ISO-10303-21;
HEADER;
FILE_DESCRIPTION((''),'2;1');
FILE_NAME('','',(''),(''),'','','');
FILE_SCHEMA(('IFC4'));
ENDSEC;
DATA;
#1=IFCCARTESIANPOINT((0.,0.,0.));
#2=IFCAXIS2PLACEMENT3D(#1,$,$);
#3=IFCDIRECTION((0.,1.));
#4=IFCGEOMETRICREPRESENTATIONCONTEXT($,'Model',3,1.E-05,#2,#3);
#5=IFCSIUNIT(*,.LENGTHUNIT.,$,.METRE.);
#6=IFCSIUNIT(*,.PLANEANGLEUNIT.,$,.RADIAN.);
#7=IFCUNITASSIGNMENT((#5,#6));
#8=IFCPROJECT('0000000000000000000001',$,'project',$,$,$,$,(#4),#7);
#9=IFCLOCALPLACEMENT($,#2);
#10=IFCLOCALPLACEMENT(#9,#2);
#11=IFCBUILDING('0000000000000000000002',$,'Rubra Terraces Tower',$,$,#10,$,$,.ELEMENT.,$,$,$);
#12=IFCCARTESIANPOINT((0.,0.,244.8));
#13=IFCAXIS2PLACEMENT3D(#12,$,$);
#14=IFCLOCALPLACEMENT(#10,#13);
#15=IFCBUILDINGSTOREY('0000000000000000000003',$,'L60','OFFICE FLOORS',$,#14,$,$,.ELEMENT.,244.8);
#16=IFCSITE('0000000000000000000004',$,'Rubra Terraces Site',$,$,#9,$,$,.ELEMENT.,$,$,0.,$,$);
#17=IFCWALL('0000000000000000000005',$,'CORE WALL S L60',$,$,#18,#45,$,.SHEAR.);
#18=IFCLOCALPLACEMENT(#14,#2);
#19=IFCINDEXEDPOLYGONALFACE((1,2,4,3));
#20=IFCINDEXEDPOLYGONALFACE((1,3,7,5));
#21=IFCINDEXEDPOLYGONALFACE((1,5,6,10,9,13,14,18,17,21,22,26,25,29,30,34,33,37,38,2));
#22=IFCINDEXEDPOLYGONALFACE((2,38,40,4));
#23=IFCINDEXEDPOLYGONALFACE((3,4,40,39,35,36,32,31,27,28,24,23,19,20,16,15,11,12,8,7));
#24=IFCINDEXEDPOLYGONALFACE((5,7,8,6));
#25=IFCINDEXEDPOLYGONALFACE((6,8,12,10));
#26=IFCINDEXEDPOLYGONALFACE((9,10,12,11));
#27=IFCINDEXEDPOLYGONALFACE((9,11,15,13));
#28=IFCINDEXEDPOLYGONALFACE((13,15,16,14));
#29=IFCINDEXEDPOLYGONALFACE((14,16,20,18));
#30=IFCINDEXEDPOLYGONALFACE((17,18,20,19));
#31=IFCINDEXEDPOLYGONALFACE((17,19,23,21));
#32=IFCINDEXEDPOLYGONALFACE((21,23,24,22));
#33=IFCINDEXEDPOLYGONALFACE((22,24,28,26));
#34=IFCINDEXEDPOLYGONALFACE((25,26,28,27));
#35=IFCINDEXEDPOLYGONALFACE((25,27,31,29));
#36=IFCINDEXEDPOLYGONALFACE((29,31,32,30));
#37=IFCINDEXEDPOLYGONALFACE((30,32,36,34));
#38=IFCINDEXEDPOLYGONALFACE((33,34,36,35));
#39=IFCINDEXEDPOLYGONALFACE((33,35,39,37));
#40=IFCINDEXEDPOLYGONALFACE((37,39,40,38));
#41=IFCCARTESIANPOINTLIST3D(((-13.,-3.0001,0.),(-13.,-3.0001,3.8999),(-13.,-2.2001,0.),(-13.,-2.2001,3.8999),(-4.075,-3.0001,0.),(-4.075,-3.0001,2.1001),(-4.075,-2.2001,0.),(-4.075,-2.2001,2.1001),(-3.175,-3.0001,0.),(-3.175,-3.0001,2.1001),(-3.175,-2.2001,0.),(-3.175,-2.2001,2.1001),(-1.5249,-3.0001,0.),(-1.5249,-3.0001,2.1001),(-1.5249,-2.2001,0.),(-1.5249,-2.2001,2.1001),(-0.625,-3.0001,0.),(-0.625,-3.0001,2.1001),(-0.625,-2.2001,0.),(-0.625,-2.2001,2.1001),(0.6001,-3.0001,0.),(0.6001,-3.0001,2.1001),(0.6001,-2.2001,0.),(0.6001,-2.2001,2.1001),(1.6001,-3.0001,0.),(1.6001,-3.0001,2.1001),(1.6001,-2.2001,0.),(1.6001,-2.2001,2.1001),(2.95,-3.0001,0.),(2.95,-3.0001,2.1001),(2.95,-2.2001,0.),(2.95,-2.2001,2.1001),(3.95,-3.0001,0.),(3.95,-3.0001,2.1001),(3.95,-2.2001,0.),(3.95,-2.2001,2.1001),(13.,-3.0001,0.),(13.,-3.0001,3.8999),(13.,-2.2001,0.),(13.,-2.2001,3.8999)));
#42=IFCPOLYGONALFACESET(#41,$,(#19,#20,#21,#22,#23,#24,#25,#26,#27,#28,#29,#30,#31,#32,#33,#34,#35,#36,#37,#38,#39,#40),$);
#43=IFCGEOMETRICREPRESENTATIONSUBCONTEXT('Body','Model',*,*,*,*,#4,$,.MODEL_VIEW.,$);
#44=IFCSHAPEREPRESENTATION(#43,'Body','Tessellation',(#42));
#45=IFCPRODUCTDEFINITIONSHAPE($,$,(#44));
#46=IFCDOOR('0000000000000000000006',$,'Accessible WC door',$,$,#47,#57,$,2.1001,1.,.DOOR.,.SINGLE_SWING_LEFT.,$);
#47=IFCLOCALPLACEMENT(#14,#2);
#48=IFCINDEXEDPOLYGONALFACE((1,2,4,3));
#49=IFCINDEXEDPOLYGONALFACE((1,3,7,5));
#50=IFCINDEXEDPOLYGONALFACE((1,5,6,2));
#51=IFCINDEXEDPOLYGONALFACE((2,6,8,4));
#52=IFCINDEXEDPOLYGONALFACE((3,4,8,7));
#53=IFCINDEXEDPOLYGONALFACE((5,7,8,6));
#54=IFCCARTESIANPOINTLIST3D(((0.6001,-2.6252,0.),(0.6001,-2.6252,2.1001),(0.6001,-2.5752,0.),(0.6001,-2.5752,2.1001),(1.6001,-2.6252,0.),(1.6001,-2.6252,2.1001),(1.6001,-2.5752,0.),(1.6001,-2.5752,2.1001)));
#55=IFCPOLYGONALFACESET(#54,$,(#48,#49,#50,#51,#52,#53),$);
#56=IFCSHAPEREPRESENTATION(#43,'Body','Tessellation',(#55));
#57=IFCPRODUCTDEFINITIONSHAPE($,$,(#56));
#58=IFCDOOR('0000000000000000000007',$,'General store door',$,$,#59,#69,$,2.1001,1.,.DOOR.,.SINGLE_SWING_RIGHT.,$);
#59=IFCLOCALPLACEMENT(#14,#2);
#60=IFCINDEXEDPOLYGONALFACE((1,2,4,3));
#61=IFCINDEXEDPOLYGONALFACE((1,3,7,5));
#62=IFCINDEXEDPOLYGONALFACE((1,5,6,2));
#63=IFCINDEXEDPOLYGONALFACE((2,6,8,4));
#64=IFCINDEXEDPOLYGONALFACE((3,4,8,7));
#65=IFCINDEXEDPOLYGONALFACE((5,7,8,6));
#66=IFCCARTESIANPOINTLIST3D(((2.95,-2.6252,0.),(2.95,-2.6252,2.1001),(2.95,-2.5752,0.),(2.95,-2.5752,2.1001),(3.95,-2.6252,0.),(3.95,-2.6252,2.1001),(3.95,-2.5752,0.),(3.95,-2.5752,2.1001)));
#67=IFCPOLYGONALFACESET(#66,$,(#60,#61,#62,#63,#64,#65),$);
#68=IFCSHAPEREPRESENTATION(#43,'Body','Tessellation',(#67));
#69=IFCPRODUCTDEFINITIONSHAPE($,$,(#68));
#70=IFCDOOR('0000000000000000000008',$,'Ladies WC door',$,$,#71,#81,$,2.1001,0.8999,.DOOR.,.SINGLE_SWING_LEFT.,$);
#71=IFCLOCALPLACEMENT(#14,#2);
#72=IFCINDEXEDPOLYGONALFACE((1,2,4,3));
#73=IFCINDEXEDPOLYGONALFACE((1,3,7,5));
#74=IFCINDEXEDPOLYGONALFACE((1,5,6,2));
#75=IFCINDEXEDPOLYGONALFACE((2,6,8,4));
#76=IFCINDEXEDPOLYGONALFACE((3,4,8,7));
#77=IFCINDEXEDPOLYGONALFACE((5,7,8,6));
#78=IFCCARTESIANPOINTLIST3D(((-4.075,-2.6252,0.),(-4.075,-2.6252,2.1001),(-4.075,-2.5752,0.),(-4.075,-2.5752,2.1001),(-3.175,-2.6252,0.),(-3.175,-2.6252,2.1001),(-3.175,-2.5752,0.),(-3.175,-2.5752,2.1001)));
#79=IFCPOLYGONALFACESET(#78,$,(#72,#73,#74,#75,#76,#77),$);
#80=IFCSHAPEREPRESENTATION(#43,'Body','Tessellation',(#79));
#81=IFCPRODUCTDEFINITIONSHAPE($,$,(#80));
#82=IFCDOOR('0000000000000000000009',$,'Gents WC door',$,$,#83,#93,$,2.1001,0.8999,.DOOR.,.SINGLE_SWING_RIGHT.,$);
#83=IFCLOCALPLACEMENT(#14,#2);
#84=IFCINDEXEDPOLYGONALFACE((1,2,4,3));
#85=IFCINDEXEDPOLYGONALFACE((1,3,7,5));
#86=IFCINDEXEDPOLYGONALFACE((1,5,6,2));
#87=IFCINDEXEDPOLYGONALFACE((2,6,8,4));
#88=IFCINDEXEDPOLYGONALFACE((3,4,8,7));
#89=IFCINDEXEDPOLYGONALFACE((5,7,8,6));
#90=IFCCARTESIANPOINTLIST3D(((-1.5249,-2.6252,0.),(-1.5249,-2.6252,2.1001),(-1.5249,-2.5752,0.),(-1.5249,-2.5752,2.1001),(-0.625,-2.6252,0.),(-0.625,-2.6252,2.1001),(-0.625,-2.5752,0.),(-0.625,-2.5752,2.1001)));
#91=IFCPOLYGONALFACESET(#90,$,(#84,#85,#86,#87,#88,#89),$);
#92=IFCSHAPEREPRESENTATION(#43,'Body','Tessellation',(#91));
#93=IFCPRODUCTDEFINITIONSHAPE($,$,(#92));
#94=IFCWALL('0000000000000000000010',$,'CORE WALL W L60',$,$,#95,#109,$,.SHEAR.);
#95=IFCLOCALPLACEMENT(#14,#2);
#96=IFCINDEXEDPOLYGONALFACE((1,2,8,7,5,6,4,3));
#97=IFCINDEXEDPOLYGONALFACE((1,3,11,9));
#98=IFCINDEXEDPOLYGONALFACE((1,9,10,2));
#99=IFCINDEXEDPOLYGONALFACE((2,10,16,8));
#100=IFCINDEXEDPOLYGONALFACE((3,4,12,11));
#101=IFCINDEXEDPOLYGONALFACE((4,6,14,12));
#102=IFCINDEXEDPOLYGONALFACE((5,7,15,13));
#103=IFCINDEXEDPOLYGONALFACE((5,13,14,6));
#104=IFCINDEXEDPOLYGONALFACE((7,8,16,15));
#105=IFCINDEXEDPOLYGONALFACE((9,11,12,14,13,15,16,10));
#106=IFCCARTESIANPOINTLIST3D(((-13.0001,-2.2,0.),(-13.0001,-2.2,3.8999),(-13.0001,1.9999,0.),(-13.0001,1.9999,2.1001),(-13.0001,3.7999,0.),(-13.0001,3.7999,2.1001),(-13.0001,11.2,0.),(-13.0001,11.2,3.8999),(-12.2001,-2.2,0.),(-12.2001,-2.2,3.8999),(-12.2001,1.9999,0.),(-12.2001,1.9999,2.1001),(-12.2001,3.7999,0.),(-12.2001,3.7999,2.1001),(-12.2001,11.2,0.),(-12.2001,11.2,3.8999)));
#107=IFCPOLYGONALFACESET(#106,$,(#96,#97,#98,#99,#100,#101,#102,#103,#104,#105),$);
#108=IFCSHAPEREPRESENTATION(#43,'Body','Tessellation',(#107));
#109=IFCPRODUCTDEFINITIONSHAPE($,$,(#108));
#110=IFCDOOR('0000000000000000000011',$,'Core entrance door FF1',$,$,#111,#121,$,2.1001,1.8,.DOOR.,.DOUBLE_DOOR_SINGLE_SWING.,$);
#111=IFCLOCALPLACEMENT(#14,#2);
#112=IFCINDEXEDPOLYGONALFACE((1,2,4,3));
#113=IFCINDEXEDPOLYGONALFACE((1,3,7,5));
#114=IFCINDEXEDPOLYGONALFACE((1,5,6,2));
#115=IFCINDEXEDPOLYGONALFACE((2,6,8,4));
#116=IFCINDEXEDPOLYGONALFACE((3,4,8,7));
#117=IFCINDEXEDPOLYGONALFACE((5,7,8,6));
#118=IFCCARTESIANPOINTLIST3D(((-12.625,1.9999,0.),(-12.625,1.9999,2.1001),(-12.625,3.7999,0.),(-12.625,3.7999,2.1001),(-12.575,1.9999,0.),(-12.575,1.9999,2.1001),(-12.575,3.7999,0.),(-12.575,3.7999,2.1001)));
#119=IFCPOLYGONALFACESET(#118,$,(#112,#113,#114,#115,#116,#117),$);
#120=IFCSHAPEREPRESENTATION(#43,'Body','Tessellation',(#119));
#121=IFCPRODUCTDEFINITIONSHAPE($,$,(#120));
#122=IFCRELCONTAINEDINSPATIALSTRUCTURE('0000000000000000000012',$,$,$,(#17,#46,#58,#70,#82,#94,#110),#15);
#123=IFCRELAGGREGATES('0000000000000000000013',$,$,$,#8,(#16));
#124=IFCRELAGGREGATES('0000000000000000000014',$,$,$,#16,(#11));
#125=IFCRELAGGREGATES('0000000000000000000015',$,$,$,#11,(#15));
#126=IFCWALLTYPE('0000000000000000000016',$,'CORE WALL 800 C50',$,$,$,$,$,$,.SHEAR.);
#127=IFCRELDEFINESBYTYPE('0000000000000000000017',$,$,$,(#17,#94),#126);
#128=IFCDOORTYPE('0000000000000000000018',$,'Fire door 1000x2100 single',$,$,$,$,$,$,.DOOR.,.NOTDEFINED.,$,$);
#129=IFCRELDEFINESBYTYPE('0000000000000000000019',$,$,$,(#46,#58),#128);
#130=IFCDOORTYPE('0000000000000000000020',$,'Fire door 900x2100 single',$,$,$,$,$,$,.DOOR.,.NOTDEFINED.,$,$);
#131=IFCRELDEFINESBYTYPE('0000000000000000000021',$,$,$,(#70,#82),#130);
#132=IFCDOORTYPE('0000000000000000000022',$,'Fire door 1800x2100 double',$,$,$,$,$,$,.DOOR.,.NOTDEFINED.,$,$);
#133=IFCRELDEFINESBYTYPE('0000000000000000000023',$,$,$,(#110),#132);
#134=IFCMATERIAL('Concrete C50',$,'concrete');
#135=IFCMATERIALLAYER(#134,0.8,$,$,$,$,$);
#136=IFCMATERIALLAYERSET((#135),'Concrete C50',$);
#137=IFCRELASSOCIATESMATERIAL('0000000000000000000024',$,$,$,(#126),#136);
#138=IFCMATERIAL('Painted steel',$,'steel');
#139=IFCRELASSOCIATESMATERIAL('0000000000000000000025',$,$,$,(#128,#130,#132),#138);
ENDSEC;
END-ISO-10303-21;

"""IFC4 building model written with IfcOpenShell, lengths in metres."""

from ifc_helpers import new_model, si_unit, direction, frame, frame_2d, origin, place, context, subcontext, project, spatial, rectangle, extrude, material, layer, layer_set, type_object, element, fill, save


model = new_model("IFC4")

# Units and contexts
model_context = context("Model", 3, precision=1e-05, world=origin(), true_north=direction((0.0, 1.0)))
body_context = subcontext(model_context, "Body", "Model", "MODEL_VIEW")
ifc_project = project(units=[si_unit("LENGTHUNIT", "METRE"), si_unit("PLANEANGLEUNIT", "RADIAN")], contexts=[model_context])

# Site, building, storey
site_placement = place(None, origin())
site = spatial("IfcSite", under=ifc_project, at=site_placement, Name="Rubra Terraces Site", CompositionType="ELEMENT", RefElevation=0.0)
building_placement = place(site_placement, origin())
building = spatial("IfcBuilding", under=site, at=building_placement, Name="Rubra Terraces Tower", CompositionType="ELEMENT")
storey_placement = place(building_placement, frame((0.0, 0.0, 244.8)))
storey = spatial("IfcBuildingStorey", under=building, at=storey_placement, Name="L60", Description="OFFICE FLOORS", CompositionType="ELEMENT", Elevation=244.8)

# Wall, openings, doors
ifc_material_1 = material(Name="Concrete C50", Category="concrete")
ifc_layer_1 = layer(ifc_material_1, 0.8)
ifc_layer_set_1 = layer_set([ifc_layer_1], Name="Concrete C50")
wall_type_1 = type_object("IfcWallType", Name="CORE WALL 800 C50", PredefinedType="SHEAR", material=ifc_layer_set_1)
wall_1_placement = place(storey_placement, frame((-13.0, -2.6001, 0.0), z_axis=(0.0, 0.0, 1.0), x_axis=(1.0, 0.0, 0.0)))
wall_1 = element("IfcWall", 1, at=wall_1_placement, inside=storey, type_object=wall_type_1, Name="CORE WALL S L60", PredefinedType="SHEAR", context=body_context, shape_type="SweptSolid", body=[
    extrude(rectangle(XDim=26.0, YDim=0.8, at=frame_2d((13.0, 0.0))), origin(), (0.0, 0.0, 1.0), 3.8999),
])
opening_1_placement = place(wall_1_placement, frame((8.925, 0.0, 0.0)))
opening_1 = element("IfcOpeningElement", 2, at=opening_1_placement, cuts=wall_1, PredefinedType="OPENING", context=body_context, shape_type="SweptSolid", body=[
    extrude(rectangle(XDim=0.8999, YDim=2.1001, at=frame_2d((0.45, 1.05))), frame((0.0, 0.4099, 0.0), z_axis=(0.0, -1.0, 0.0), x_axis=(1.0, 0.0, 0.0)), (0.0, 0.0, 1.0), 0.8201),
])
opening_2_placement = place(wall_1_placement, frame((11.4751, 0.0, 0.0)))
opening_2 = element("IfcOpeningElement", 3, at=opening_2_placement, cuts=wall_1, PredefinedType="OPENING", context=body_context, shape_type="SweptSolid", body=[
    extrude(rectangle(XDim=0.8999, YDim=2.1001, at=frame_2d((0.45, 1.05))), frame((0.0, 0.4099, 0.0), z_axis=(0.0, -1.0, 0.0), x_axis=(1.0, 0.0, 0.0)), (0.0, 0.0, 1.0), 0.8201),
])
opening_3_placement = place(wall_1_placement, frame((13.6001, 0.0, 0.0)))
opening_3 = element("IfcOpeningElement", 4, at=opening_3_placement, cuts=wall_1, PredefinedType="OPENING", context=body_context, shape_type="SweptSolid", body=[
    extrude(rectangle(XDim=1.0, YDim=2.1001, at=frame_2d((0.5, 1.05))), frame((0.0, 0.4099, 0.0), z_axis=(0.0, -1.0, 0.0), x_axis=(1.0, 0.0, 0.0)), (0.0, 0.0, 1.0), 0.8201),
])
opening_4_placement = place(wall_1_placement, frame((15.95, 0.0, 0.0)))
opening_4 = element("IfcOpeningElement", 5, at=opening_4_placement, cuts=wall_1, PredefinedType="OPENING", context=body_context, shape_type="SweptSolid", body=[
    extrude(rectangle(XDim=1.0, YDim=2.1001, at=frame_2d((0.5, 1.05))), frame((0.0, 0.4099, 0.0), z_axis=(0.0, -1.0, 0.0), x_axis=(1.0, 0.0, 0.0)), (0.0, 0.0, 1.0), 0.8201),
])
ifc_material_2 = material(Name="Painted steel", Category="steel")
door_type_1 = type_object("IfcDoorType", Name="Fire door 1000x2100 single", OperationType="NOTDEFINED", PredefinedType="DOOR", material=ifc_material_2)
door_1_placement = place(opening_3_placement, origin())
door_1 = element("IfcDoor", 6, at=door_1_placement, inside=storey, type_object=door_type_1, Name="Accessible WC door", OperationType="SINGLE_SWING_LEFT", OverallHeight=2.1001, OverallWidth=1.0, PredefinedType="DOOR", context=body_context, shape_type="SweptSolid", body=[
    extrude(rectangle(XDim=1.0, YDim=2.1001, at=frame_2d((0.5, 1.05))), frame((0.0, 0.0249, 0.0), z_axis=(0.0, -1.0, 0.0), x_axis=(1.0, 0.0, 0.0)), (0.0, 0.0, 1.0), 0.05),
])
fill(opening_3, door_1)
door_2_placement = place(opening_4_placement, origin())
door_2 = element("IfcDoor", 7, at=door_2_placement, inside=storey, type_object=door_type_1, Name="General store door", OperationType="SINGLE_SWING_RIGHT", OverallHeight=2.1001, OverallWidth=1.0, PredefinedType="DOOR", context=body_context, shape_type="SweptSolid", body=[
    extrude(rectangle(XDim=1.0, YDim=2.1001, at=frame_2d((0.5, 1.05))), frame((0.0, 0.0249, 0.0), z_axis=(0.0, -1.0, 0.0), x_axis=(1.0, 0.0, 0.0)), (0.0, 0.0, 1.0), 0.05),
])
fill(opening_4, door_2)
door_type_2 = type_object("IfcDoorType", Name="Fire door 900x2100 single", OperationType="NOTDEFINED", PredefinedType="DOOR", material=ifc_material_2)
door_3_placement = place(opening_1_placement, origin())
door_3 = element("IfcDoor", 8, at=door_3_placement, inside=storey, type_object=door_type_2, Name="Ladies WC door", OperationType="SINGLE_SWING_LEFT", OverallHeight=2.1001, OverallWidth=0.8999, PredefinedType="DOOR", context=body_context, shape_type="SweptSolid", body=[
    extrude(rectangle(XDim=0.8999, YDim=2.1001, at=frame_2d((0.45, 1.05))), frame((0.0, 0.0249, 0.0), z_axis=(0.0, -1.0, 0.0), x_axis=(1.0, 0.0, 0.0)), (0.0, 0.0, 1.0), 0.05),
])
fill(opening_1, door_3)
door_4_placement = place(opening_2_placement, origin())
door_4 = element("IfcDoor", 9, at=door_4_placement, inside=storey, type_object=door_type_2, Name="Gents WC door", OperationType="SINGLE_SWING_RIGHT", OverallHeight=2.1001, OverallWidth=0.8999, PredefinedType="DOOR", context=body_context, shape_type="SweptSolid", body=[
    extrude(rectangle(XDim=0.8999, YDim=2.1001, at=frame_2d((0.45, 1.05))), frame((0.0, 0.0249, 0.0), z_axis=(0.0, -1.0, 0.0), x_axis=(1.0, 0.0, 0.0)), (0.0, 0.0, 1.0), 0.05),
])
fill(opening_2, door_4)

# Wall, opening, door
wall_2_placement = place(storey_placement, frame((-12.6001, -2.2, 0.0), z_axis=(0.0, 0.0, 1.0), x_axis=(0.0, 1.0, 0.0)))
wall_2 = element("IfcWall", 10, at=wall_2_placement, inside=storey, type_object=wall_type_1, Name="CORE WALL W L60", PredefinedType="SHEAR", context=body_context, shape_type="SweptSolid", body=[
    extrude(rectangle(XDim=13.3999, YDim=0.8, at=frame_2d((6.7, 0.0))), origin(), (0.0, 0.0, 1.0), 3.8999),
])
opening_5_placement = place(wall_2_placement, frame((4.2, 0.0, 0.0)))
opening_5 = element("IfcOpeningElement", 11, at=opening_5_placement, cuts=wall_2, PredefinedType="OPENING", context=body_context, shape_type="SweptSolid", body=[
    extrude(rectangle(XDim=1.8, YDim=2.1001, at=frame_2d((0.8999, 1.05))), frame((0.0, 0.4099, 0.0), z_axis=(0.0, -1.0, 0.0), x_axis=(1.0, 0.0, 0.0)), (0.0, 0.0, 1.0), 0.8201),
])
door_type_3 = type_object("IfcDoorType", Name="Fire door 1800x2100 double", OperationType="NOTDEFINED", PredefinedType="DOOR", material=ifc_material_2)
door_5_placement = place(opening_5_placement, origin())
door_5 = element("IfcDoor", 12, at=door_5_placement, inside=storey, type_object=door_type_3, Name="Core entrance door FF1", OperationType="DOUBLE_DOOR_SINGLE_SWING", OverallHeight=2.1001, OverallWidth=1.8, PredefinedType="DOOR", context=body_context, shape_type="SweptSolid", body=[
    extrude(rectangle(XDim=1.8, YDim=2.1001, at=frame_2d((0.8999, 1.05))), frame((0.0, 0.0249, 0.0), z_axis=(0.0, -1.0, 0.0), x_axis=(1.0, 0.0, 0.0)), (0.0, 0.0, 1.0), 0.05),
])
fill(opening_5, door_5)

save(model, "model.ifc")
